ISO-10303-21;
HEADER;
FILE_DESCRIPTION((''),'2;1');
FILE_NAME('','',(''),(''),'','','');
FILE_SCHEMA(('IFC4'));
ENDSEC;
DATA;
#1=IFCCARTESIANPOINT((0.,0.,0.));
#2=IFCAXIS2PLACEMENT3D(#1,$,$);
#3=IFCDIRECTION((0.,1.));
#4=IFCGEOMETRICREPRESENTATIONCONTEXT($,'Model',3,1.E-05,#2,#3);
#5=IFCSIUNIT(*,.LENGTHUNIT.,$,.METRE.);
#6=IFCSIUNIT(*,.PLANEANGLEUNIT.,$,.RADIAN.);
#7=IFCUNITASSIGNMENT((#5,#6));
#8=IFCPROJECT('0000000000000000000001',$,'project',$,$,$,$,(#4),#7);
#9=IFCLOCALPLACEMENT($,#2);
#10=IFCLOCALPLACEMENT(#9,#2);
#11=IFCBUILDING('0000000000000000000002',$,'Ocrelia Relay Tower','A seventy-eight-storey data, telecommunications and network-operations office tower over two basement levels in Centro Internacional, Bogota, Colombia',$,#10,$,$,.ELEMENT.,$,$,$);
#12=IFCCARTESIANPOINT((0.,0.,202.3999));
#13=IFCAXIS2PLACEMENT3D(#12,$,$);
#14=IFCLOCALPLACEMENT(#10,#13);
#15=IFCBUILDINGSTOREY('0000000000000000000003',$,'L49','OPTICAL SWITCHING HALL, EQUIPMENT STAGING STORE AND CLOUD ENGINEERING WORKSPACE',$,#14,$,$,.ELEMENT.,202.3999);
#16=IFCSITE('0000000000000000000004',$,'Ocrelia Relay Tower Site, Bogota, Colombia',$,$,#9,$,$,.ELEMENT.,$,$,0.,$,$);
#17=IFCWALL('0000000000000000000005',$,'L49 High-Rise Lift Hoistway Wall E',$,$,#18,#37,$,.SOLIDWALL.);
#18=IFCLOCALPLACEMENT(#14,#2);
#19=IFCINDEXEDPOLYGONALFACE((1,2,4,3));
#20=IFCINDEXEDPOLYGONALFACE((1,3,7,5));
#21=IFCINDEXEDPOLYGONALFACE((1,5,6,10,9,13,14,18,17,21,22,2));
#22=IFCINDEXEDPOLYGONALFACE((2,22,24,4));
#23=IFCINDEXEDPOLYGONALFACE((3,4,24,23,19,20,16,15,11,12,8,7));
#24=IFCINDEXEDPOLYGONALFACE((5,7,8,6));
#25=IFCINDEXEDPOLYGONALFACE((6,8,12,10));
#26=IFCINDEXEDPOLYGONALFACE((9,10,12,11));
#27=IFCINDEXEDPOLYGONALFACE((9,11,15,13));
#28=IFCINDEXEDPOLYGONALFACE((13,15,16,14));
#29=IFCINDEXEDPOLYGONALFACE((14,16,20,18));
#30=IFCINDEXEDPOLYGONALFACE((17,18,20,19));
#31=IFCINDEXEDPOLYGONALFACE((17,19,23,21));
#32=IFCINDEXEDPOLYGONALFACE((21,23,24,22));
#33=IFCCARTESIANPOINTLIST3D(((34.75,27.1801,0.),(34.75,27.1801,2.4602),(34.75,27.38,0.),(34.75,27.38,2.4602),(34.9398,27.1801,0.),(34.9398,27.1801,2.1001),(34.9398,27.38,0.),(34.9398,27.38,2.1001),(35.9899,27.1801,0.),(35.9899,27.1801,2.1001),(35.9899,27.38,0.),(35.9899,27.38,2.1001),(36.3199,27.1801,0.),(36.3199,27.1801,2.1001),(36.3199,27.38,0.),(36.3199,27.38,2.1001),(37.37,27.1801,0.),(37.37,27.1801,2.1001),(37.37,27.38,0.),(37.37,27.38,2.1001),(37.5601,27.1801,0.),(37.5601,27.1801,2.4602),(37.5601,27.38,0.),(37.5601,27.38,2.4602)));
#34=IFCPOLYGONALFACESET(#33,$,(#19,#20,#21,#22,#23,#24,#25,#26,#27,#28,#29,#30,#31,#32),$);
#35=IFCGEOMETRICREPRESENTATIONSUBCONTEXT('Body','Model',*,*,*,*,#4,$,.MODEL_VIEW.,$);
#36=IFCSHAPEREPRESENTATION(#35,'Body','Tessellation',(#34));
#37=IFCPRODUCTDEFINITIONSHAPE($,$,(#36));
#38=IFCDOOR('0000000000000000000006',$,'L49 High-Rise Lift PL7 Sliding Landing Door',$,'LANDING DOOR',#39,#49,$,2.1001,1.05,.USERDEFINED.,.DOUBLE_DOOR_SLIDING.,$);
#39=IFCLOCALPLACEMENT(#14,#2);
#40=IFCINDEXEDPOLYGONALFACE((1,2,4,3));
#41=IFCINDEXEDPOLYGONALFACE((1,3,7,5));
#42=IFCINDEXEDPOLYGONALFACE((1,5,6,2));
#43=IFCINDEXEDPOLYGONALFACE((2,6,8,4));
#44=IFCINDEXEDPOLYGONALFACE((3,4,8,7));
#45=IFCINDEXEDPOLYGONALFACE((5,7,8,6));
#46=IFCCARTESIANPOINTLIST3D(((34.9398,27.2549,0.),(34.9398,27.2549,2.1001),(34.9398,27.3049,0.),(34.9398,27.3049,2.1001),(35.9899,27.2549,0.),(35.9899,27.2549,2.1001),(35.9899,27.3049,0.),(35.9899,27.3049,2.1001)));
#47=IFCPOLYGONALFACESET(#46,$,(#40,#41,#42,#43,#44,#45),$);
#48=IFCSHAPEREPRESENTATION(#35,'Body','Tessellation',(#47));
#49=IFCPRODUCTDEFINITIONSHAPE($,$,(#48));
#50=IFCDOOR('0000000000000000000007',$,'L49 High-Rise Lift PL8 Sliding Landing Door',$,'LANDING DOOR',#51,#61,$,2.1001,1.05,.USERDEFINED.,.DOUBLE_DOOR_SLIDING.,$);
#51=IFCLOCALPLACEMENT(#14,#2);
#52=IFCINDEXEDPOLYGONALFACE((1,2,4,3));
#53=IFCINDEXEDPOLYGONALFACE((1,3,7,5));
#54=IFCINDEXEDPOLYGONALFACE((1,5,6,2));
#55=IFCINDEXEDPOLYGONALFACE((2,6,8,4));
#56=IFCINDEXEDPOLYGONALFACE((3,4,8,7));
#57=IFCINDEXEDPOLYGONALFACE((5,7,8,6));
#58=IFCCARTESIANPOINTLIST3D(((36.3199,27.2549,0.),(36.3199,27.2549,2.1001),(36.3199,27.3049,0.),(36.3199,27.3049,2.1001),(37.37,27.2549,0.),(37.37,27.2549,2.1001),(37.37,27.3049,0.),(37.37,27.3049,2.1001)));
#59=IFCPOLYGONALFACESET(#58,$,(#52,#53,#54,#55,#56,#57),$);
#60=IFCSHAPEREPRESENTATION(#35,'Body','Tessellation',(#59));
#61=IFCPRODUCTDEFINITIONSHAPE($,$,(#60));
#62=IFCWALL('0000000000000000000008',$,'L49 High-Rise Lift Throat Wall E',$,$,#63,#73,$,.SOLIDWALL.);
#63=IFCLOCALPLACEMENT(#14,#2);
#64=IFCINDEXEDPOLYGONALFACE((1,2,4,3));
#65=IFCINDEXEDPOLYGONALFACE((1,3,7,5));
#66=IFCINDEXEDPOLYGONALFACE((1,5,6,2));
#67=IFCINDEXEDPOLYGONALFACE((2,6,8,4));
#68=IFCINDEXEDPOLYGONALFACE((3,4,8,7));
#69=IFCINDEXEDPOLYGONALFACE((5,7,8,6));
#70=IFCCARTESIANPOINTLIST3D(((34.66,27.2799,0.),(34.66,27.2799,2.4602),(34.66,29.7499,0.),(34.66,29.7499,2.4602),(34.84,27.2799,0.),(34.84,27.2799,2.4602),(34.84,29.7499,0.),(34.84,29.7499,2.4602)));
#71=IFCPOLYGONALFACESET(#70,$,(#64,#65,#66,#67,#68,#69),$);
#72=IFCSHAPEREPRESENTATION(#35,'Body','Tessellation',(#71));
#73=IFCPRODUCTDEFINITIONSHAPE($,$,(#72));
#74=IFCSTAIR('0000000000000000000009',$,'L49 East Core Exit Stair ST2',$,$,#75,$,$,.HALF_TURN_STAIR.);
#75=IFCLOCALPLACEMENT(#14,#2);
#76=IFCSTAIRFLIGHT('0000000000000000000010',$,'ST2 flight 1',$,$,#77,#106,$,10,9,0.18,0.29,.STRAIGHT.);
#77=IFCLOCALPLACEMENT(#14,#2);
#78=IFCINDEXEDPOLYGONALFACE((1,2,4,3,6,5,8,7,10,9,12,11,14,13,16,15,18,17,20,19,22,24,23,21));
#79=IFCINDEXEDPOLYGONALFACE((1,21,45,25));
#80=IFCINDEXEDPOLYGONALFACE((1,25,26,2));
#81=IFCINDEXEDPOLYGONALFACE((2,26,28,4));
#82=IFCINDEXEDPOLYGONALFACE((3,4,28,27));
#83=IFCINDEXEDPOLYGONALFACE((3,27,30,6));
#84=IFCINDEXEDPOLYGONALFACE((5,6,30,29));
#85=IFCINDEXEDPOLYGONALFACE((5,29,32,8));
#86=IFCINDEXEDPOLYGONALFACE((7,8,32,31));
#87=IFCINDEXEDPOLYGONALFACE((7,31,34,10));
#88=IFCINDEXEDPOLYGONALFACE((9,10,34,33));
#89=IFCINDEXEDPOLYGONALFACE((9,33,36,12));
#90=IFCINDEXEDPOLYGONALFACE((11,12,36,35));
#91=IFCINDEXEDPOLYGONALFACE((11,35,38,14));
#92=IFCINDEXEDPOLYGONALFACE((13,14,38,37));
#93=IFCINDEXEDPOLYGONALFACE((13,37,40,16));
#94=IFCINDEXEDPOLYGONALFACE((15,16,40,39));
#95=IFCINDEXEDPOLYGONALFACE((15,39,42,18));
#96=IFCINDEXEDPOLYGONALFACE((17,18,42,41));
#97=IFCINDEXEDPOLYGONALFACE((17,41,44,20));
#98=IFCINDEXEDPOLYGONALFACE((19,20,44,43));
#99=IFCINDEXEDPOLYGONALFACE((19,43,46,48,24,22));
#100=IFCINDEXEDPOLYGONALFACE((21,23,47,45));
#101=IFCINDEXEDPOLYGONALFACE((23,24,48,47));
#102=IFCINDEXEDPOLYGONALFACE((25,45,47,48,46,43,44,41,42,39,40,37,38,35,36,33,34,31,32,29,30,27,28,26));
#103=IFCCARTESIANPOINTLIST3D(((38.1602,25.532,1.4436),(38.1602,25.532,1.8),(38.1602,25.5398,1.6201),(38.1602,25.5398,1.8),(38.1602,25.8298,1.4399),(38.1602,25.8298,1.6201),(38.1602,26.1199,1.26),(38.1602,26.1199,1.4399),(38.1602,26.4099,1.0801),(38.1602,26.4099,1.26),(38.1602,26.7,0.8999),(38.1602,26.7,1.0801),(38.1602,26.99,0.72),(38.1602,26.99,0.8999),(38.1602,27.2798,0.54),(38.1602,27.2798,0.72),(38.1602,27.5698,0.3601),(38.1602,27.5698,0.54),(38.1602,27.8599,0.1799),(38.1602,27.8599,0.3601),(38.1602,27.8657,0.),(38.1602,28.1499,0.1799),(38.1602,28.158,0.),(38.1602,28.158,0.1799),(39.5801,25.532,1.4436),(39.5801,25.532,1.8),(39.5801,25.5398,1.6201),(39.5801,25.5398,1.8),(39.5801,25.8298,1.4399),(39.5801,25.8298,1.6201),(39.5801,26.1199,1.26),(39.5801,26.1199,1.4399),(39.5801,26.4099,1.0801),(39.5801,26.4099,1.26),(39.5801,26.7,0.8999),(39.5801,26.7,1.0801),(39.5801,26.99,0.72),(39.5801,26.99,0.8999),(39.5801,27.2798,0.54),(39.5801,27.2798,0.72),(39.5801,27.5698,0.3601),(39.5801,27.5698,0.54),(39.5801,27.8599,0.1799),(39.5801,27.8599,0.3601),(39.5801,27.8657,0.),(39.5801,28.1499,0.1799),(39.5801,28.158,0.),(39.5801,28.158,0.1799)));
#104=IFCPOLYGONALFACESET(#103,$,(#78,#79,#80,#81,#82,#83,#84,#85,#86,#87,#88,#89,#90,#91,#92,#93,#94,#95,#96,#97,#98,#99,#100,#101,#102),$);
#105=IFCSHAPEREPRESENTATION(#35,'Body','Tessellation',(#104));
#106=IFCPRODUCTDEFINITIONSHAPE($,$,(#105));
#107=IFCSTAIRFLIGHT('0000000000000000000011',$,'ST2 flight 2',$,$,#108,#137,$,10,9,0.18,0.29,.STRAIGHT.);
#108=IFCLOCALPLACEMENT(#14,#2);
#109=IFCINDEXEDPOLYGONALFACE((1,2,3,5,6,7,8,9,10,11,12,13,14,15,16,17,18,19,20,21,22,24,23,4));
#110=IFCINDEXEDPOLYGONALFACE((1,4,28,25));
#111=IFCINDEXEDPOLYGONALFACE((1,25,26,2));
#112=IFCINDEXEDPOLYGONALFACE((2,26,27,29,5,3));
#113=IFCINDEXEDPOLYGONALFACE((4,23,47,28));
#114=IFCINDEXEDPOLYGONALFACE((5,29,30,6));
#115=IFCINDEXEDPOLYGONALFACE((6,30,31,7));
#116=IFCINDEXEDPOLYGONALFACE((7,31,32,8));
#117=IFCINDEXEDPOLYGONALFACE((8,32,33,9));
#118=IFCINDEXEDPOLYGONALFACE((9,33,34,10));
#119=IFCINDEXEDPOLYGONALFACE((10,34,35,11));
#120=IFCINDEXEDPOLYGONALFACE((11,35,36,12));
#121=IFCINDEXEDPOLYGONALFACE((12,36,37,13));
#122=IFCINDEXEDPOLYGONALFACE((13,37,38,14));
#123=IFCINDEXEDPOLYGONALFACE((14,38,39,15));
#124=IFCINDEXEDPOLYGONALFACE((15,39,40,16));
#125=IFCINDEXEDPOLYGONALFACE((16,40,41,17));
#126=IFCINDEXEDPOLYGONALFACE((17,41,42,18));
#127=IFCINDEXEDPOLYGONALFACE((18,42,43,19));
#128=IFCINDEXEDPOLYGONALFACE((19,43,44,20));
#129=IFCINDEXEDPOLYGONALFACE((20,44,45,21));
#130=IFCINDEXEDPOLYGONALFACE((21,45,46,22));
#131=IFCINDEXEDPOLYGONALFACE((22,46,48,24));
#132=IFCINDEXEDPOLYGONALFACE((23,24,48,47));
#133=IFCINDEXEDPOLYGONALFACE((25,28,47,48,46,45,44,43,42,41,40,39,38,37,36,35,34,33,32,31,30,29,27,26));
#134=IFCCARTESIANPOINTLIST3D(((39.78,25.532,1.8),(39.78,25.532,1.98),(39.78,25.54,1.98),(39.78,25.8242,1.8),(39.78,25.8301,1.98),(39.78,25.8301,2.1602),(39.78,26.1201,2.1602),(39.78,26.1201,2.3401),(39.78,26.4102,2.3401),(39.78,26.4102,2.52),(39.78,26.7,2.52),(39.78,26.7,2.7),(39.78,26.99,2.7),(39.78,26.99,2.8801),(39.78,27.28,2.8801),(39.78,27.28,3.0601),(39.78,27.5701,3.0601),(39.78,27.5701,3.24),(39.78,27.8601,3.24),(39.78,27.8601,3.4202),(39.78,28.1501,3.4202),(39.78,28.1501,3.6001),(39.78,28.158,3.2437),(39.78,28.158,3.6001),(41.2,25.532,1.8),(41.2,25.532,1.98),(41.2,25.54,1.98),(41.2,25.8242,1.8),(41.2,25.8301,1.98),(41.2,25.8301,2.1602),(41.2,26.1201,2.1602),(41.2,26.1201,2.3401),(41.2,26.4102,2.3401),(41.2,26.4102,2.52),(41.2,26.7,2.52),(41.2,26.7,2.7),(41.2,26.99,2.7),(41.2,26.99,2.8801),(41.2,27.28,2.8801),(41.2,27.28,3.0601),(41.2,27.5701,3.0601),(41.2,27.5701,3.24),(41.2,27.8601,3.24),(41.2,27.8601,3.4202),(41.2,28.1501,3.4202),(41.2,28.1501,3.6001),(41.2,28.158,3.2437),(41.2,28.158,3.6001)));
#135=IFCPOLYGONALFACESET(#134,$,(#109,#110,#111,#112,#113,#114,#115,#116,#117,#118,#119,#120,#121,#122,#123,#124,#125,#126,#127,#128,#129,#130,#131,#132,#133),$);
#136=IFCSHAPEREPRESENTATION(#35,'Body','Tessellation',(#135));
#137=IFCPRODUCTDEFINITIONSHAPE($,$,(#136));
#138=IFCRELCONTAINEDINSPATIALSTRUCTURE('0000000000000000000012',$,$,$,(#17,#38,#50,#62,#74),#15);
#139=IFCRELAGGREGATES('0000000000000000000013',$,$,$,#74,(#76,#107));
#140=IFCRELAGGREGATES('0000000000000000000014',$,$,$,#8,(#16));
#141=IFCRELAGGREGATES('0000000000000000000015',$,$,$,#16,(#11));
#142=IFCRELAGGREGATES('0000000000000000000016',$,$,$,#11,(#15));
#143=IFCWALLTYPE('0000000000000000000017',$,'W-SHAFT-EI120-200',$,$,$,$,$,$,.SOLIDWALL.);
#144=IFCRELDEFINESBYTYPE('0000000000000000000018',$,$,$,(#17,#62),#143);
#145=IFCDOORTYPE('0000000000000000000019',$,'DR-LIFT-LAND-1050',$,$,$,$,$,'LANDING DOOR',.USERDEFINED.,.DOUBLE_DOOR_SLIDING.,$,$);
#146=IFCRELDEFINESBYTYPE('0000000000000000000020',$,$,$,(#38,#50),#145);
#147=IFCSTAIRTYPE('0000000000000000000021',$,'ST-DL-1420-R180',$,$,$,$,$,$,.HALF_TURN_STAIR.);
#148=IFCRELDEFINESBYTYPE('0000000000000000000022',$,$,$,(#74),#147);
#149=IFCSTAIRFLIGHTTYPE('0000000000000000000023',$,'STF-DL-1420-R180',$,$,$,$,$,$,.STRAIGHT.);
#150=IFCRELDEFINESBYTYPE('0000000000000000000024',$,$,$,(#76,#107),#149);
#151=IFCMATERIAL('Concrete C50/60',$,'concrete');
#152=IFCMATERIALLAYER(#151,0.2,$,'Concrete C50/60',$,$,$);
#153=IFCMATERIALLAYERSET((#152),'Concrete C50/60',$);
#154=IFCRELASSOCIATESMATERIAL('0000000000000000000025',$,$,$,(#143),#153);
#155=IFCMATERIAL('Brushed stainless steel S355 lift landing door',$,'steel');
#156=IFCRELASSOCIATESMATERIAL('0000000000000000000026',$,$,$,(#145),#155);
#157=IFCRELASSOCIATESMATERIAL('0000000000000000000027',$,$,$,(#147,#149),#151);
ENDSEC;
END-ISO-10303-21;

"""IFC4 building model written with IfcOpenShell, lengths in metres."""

from ifc_helpers import new_model, si_unit, direction, frame, frame_2d, origin, place, context, subcontext, project, spatial, polyline, rectangle, outline, extrude, material, layer, layer_set, type_object, element, fill, aggregate, save


model = new_model("IFC4")

# Units and contexts
model_context = context("Model", 3, precision=1e-05, world=origin(), true_north=direction((0.0, 1.0)))
body_context = subcontext(model_context, "Body", "Model", "MODEL_VIEW")
ifc_project = project(units=[si_unit("LENGTHUNIT", "METRE"), si_unit("PLANEANGLEUNIT", "RADIAN")], contexts=[model_context])

# Site, building, storey
site_placement = place(None, origin())
site = spatial("IfcSite", under=ifc_project, at=site_placement, Name="Ocrelia Relay Tower Site, Bogota, Colombia", CompositionType="ELEMENT", RefElevation=0.0)
building_placement = place(site_placement, origin())
building = spatial("IfcBuilding", under=site, at=building_placement, Name="Ocrelia Relay Tower", Description="A seventy-eight-storey data, telecommunications and network-operations office tower over two basement levels in Centro Internacional, Bogota, Colombia", CompositionType="ELEMENT")
storey_placement = place(building_placement, frame((0.0, 0.0, 202.3999)))
storey = spatial("IfcBuildingStorey", under=building, at=storey_placement, Name="L49", Description="OPTICAL SWITCHING HALL, EQUIPMENT STAGING STORE AND CLOUD ENGINEERING WORKSPACE", CompositionType="ELEMENT", Elevation=202.3999)

# Shared definitions
ifc_material_1 = material(Name="Concrete C50/60", Category="concrete")
ifc_layer_1 = layer(ifc_material_1, 0.2, Name="Concrete C50/60")
ifc_layer_set_1 = layer_set([ifc_layer_1], Name="Concrete C50/60")
wall_type_1 = type_object("IfcWallType", Name="W-SHAFT-EI120-200", PredefinedType="SOLIDWALL", material=ifc_layer_set_1)

# Wall, openings, doors
wall_1_placement = place(storey_placement, frame((34.75, 27.28, 0.0), z_axis=(0.0, 0.0, 1.0), x_axis=(1.0, 0.0, 0.0)))
wall_1 = element("IfcWall", 1, at=wall_1_placement, inside=storey, type_object=wall_type_1, Name="L49 High-Rise Lift Hoistway Wall E", PredefinedType="SOLIDWALL", context=body_context, shape_type="SweptSolid", body=[
    extrude(rectangle(XDim=2.8101, YDim=0.2, at=frame_2d((1.405, 0.0))), origin(), (0.0, 0.0, 1.0), 2.4602),
])
opening_1_placement = place(wall_1_placement, frame((0.1899, 0.0, 0.0)))
opening_1 = element("IfcOpeningElement", 2, at=opening_1_placement, cuts=wall_1, PredefinedType="OPENING", context=body_context, shape_type="SweptSolid", body=[
    extrude(rectangle(XDim=1.05, YDim=2.1001, at=frame_2d((0.5249, 1.05))), frame((0.0, 0.1099, 0.0), z_axis=(0.0, -1.0, 0.0), x_axis=(1.0, 0.0, 0.0)), (0.0, 0.0, 1.0), 0.22),
])
opening_2_placement = place(wall_1_placement, frame((1.5701, 0.0, 0.0)))
opening_2 = element("IfcOpeningElement", 3, at=opening_2_placement, cuts=wall_1, PredefinedType="OPENING", context=body_context, shape_type="SweptSolid", body=[
    extrude(rectangle(XDim=1.05, YDim=2.1001, at=frame_2d((0.5249, 1.05))), frame((0.0, 0.1099, 0.0), z_axis=(0.0, -1.0, 0.0), x_axis=(1.0, 0.0, 0.0)), (0.0, 0.0, 1.0), 0.22),
])
ifc_material_2 = material(Name="Brushed stainless steel S355 lift landing door", Category="steel")
door_type = type_object("IfcDoorType", Name="DR-LIFT-LAND-1050", ElementType="LANDING DOOR", OperationType="DOUBLE_DOOR_SLIDING", PredefinedType="USERDEFINED", material=ifc_material_2)
door_1_placement = place(opening_1_placement, origin())
door_1 = element("IfcDoor", 4, at=door_1_placement, inside=storey, type_object=door_type, Name="L49 High-Rise Lift PL7 Sliding Landing Door", ObjectType="LANDING DOOR", OperationType="DOUBLE_DOOR_SLIDING", OverallHeight=2.1001, OverallWidth=1.05, PredefinedType="USERDEFINED", context=body_context, shape_type="SweptSolid", body=[
    extrude(rectangle(XDim=1.05, YDim=2.1001, at=frame_2d((0.5249, 1.05))), frame((0.0, 0.0249, 0.0), z_axis=(0.0, -1.0, 0.0), x_axis=(1.0, 0.0, 0.0)), (0.0, 0.0, 1.0), 0.05),
])
fill(opening_1, door_1)
door_2_placement = place(opening_2_placement, origin())
door_2 = element("IfcDoor", 5, at=door_2_placement, inside=storey, type_object=door_type, Name="L49 High-Rise Lift PL8 Sliding Landing Door", ObjectType="LANDING DOOR", OperationType="DOUBLE_DOOR_SLIDING", OverallHeight=2.1001, OverallWidth=1.05, PredefinedType="USERDEFINED", context=body_context, shape_type="SweptSolid", body=[
    extrude(rectangle(XDim=1.05, YDim=2.1001, at=frame_2d((0.5249, 1.05))), frame((0.0, 0.0249, 0.0), z_axis=(0.0, -1.0, 0.0), x_axis=(1.0, 0.0, 0.0)), (0.0, 0.0, 1.0), 0.05),
])
fill(opening_2, door_2)

# Wall
wall_2_placement = place(storey_placement, frame((34.75, 27.28, 0.0), z_axis=(0.0, 0.0, 1.0), x_axis=(0.0, 1.0, 0.0)))
element("IfcWall", 6, at=wall_2_placement, inside=storey, type_object=wall_type_1, Name="L49 High-Rise Lift Throat Wall E", PredefinedType="SOLIDWALL", context=body_context, shape_type="SweptSolid", body=[
    extrude(rectangle(XDim=2.47, YDim=0.1799, at=frame_2d((1.2349, 0.0))), origin(), (0.0, 0.0, 1.0), 2.4602),
])

# Stair, stair flights
stair_type = type_object("IfcStairType", Name="ST-DL-1420-R180", PredefinedType="HALF_TURN_STAIR", material=ifc_material_1)
stair_placement = place(storey_placement, origin())
stair = element("IfcStair", 7, at=stair_placement, inside=storey, type_object=stair_type, Name="L49 East Core Exit Stair ST2", PredefinedType="HALF_TURN_STAIR")
stair_flight_type = type_object("IfcStairFlightType", Name="STF-DL-1420-R180", PredefinedType="STRAIGHT", material=ifc_material_1)
stair_flight_1_placement = place(storey_placement, frame((38.8701, 28.1499, 0.0), z_axis=(0.0, 0.0, 1.0), x_axis=(0.0, -1.0, 0.0)))
stair_flight_1 = element("IfcStairFlight", 8, at=stair_flight_1_placement, type_object=stair_flight_type, Name="ST2 flight 1", NumberOfRisers=10, NumberOfTreads=9, PredefinedType="STRAIGHT", RiserHeight=0.18, TreadLength=0.29, context=body_context, shape_type="SweptSolid", body=[
    extrude(outline(polyline([(-0.0081, 0.0), (-0.0081, 0.1799), (0.0, 0.1799), (0.29, 0.1799), (0.29, 0.3601), (0.5801, 0.3601), (0.5801, 0.54), (0.8701, 0.54), (0.8701, 0.72), (1.1599, 0.72), (1.1599, 0.8999), (1.45, 0.8999), (1.45, 1.0801), (1.74, 1.0801), (1.74, 1.26), (2.03, 1.26), (2.03, 1.4399), (2.3201, 1.4399), (2.3201, 1.6201), (2.6101, 1.6201), (2.6101, 1.8), (2.6179, 1.8), (2.6179, 1.4436), (0.2842, 0.0), (-0.0081, 0.0)])), frame((0.0, 0.71, 0.0), z_axis=(0.0, -1.0, 0.0), x_axis=(1.0, 0.0, 0.0)), (0.0, 0.0, 1.0), 1.4199),
])
stair_flight_2_placement = place(storey_placement, frame((40.49, 25.54, 1.8), z_axis=(0.0, 0.0, 1.0), x_axis=(0.0, 1.0, 0.0)))
stair_flight_2 = element("IfcStairFlight", 9, at=stair_flight_2_placement, type_object=stair_flight_type, Name="ST2 flight 2", NumberOfRisers=10, NumberOfTreads=9, PredefinedType="STRAIGHT", RiserHeight=0.18, TreadLength=0.29, context=body_context, shape_type="SweptSolid", body=[
    extrude(outline(polyline([(-0.0081, 0.0), (-0.0081, 0.1799), (0.0, 0.1799), (0.29, 0.1799), (0.29, 0.3601), (0.5801, 0.3601), (0.5801, 0.54), (0.8701, 0.54), (0.8701, 0.72), (1.1599, 0.72), (1.1599, 0.8999), (1.45, 0.8999), (1.45, 1.0801), (1.74, 1.0801), (1.74, 1.26), (2.03, 1.26), (2.03, 1.4399), (2.3201, 1.4399), (2.3201, 1.6201), (2.6101, 1.6201), (2.6101, 1.8), (2.6179, 1.8), (2.6179, 1.4436), (0.2842, 0.0), (-0.0081, 0.0)])), frame((0.0, 0.71, 0.0), z_axis=(0.0, -1.0, 0.0), x_axis=(1.0, 0.0, 0.0)), (0.0, 0.0, 1.0), 1.4199),
])
aggregate(stair, [stair_flight_1, stair_flight_2])

save(model, "model.ifc")
